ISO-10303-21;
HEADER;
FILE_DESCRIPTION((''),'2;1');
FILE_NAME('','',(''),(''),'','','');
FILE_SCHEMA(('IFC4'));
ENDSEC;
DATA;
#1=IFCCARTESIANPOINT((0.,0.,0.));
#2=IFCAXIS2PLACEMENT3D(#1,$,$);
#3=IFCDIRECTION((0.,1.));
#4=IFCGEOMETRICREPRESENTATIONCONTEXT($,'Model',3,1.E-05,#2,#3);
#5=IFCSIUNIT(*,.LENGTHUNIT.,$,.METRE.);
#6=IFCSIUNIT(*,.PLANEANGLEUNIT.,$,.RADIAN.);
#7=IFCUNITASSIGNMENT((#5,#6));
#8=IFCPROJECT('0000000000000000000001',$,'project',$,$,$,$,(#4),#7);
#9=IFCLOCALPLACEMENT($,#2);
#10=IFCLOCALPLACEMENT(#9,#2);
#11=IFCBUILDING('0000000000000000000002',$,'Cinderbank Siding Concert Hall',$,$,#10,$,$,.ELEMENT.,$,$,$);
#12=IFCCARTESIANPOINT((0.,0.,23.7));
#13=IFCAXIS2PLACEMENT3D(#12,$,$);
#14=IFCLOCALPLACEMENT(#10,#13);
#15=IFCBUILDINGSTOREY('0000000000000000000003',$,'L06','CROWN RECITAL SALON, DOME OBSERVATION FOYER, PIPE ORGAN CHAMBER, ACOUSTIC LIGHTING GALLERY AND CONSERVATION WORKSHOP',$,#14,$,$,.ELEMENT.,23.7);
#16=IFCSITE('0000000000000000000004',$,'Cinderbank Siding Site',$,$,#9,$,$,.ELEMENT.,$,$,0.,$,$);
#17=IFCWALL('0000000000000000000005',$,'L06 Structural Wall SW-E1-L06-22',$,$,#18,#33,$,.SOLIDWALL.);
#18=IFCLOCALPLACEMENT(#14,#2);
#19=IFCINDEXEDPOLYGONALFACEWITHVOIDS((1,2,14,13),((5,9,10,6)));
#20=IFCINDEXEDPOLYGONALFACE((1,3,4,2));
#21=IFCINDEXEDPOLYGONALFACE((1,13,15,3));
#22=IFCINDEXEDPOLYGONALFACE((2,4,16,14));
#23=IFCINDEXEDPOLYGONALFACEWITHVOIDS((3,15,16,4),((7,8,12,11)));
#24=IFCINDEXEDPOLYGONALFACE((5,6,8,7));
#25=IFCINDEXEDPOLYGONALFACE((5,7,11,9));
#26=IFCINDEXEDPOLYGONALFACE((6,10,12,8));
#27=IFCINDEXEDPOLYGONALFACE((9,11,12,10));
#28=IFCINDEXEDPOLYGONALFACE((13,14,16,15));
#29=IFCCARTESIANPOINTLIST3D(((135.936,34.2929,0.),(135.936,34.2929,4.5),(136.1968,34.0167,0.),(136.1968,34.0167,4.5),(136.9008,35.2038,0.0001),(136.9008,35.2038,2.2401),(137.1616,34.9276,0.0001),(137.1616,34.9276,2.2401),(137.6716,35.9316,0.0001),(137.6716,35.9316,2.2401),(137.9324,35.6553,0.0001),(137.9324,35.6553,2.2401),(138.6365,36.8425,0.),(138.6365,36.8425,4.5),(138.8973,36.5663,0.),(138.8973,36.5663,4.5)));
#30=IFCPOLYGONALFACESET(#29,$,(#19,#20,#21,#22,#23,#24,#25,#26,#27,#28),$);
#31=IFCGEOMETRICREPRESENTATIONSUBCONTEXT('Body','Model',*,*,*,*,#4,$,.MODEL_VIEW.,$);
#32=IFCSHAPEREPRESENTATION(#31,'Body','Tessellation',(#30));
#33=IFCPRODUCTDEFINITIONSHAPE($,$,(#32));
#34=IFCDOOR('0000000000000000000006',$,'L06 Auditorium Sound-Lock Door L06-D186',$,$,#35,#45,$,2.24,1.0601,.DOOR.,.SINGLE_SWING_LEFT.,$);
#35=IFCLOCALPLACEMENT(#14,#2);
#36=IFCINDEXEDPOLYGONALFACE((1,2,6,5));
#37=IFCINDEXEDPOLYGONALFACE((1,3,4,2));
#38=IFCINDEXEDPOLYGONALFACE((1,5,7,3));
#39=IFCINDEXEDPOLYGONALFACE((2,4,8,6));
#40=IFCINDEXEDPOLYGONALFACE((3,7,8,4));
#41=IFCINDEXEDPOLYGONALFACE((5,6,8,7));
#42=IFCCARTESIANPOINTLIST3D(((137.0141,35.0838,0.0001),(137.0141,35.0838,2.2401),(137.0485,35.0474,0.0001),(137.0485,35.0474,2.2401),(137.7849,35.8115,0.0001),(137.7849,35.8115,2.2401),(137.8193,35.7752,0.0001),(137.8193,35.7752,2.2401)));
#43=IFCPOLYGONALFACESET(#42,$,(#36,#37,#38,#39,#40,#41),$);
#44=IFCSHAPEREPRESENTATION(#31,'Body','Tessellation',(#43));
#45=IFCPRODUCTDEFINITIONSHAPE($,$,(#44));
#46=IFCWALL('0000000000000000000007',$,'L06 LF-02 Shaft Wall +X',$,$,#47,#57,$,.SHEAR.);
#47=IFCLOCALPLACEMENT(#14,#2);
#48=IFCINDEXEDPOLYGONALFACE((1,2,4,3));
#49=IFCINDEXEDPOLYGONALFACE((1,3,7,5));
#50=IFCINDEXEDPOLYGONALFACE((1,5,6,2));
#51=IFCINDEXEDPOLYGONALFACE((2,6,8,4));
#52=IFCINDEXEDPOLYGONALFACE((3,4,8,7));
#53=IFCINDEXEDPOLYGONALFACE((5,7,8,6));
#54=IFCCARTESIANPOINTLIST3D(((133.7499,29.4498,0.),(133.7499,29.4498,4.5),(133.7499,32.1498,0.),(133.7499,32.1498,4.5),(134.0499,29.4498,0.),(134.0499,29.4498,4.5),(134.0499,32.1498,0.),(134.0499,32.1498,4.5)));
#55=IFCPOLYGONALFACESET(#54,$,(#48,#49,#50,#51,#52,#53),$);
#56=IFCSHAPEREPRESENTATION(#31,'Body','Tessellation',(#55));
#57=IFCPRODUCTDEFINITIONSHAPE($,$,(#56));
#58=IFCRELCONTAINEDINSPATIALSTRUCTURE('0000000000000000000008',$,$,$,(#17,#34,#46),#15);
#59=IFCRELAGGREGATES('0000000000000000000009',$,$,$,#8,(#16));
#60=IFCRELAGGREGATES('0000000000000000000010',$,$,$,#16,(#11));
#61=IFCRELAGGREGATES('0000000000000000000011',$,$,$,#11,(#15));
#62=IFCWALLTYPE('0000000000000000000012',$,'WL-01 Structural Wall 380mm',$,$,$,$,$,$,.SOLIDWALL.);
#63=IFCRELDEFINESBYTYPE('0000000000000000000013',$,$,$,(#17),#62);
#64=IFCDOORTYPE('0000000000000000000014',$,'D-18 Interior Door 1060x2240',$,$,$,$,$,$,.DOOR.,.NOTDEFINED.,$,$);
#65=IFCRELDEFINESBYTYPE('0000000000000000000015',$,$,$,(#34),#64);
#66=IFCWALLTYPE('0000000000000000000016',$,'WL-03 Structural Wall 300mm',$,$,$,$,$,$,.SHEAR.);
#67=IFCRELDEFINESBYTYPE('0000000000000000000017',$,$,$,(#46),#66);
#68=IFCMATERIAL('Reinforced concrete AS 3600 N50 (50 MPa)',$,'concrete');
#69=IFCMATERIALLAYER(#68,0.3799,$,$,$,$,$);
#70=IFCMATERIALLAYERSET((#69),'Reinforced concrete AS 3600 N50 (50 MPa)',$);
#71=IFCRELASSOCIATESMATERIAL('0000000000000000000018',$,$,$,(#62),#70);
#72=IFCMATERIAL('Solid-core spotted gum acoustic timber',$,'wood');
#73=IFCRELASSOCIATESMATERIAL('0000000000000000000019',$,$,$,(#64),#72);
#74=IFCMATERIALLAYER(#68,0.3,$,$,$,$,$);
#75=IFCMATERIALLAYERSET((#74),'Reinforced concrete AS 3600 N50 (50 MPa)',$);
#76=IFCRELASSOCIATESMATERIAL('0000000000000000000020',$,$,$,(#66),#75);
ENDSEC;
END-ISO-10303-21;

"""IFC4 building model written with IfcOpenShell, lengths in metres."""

from ifc_helpers import new_model, si_unit, direction, frame, frame_2d, origin, place, context, subcontext, project, spatial, rectangle, extrude, material, layer, layer_set, type_object, element, fill, save


model = new_model("IFC4")

# Units and contexts
model_context = context("Model", 3, precision=1e-05, world=origin(), true_north=direction((0.0, 1.0)))
body_context = subcontext(model_context, "Body", "Model", "MODEL_VIEW")
ifc_project = project(units=[si_unit("LENGTHUNIT", "METRE"), si_unit("PLANEANGLEUNIT", "RADIAN")], contexts=[model_context])

# Site, building, storey
site_placement = place(None, origin())
site = spatial("IfcSite", under=ifc_project, at=site_placement, Name="Cinderbank Siding Site", CompositionType="ELEMENT", RefElevation=0.0)
building_placement = place(site_placement, origin())
building = spatial("IfcBuilding", under=site, at=building_placement, Name="Cinderbank Siding Concert Hall", CompositionType="ELEMENT")
storey_placement = place(building_placement, frame((0.0, 0.0, 23.7)))
storey = spatial("IfcBuildingStorey", under=building, at=storey_placement, Name="L06", Description="CROWN RECITAL SALON, DOME OBSERVATION FOYER, PIPE ORGAN CHAMBER, ACOUSTIC LIGHTING GALLERY AND CONSERVATION WORKSHOP", CompositionType="ELEMENT", Elevation=23.7)

# Shared definitions
ifc_material_1 = material(Name="Reinforced concrete AS 3600 N50 (50 MPa)", Category="concrete")

# Shared definitions
ifc_layer_1 = layer(ifc_material_1, 0.3799)
ifc_layer_set_1 = layer_set([ifc_layer_1], Name="Reinforced concrete AS 3600 N50 (50 MPa)")
wall_type_1 = type_object("IfcWallType", Name="WL-01 Structural Wall 380mm", PredefinedType="SOLIDWALL", material=ifc_layer_set_1)

# Wall, opening, door
wall_1_placement = place(storey_placement, frame((136.0664, 34.1548, 0.0), z_axis=(0.0, 0.0, 1.0), x_axis=(0.727128, 0.686502, 0.0)))
wall_1 = element("IfcWall", 1, at=wall_1_placement, inside=storey, type_object=wall_type_1, Name="L06 Structural Wall SW-E1-L06-22", PredefinedType="SOLIDWALL", context=body_context, shape_type="SweptSolid", body=[
    extrude(rectangle(XDim=3.7139, YDim=0.3799, at=frame_2d((1.8569, 0.0))), origin(), (0.0, 0.0, 1.0), 4.5),
])
opening_1_placement = place(wall_1_placement, frame((1.3269, 0.0, 0.0)))
opening_1 = element("IfcOpeningElement", 2, at=opening_1_placement, cuts=wall_1, PredefinedType="OPENING", context=body_context, shape_type="SweptSolid", body=[
    extrude(rectangle(XDim=1.0601, YDim=2.24, at=frame_2d((0.53, 1.1201))), frame((0.0, 0.2019, 0.0), z_axis=(0.0, -1.0, 0.0), x_axis=(1.0, 0.0, 0.0)), (0.0, 0.0, 1.0), 0.4038),
])
ifc_material_2 = material(Name="Solid-core spotted gum acoustic timber", Category="wood")
door_type_1 = type_object("IfcDoorType", Name="D-18 Interior Door 1060x2240", OperationType="NOTDEFINED", PredefinedType="DOOR", material=ifc_material_2)
door_1_placement = place(opening_1_placement, origin())
door_1 = element("IfcDoor", 3, at=door_1_placement, inside=storey, type_object=door_type_1, Name="L06 Auditorium Sound-Lock Door L06-D186", OperationType="SINGLE_SWING_LEFT", OverallHeight=2.24, OverallWidth=1.0601, PredefinedType="DOOR", context=body_context, shape_type="SweptSolid", body=[
    extrude(rectangle(XDim=1.0601, YDim=2.24, at=frame_2d((0.53, 1.1201))), frame((0.0, 0.0249, 0.0), z_axis=(0.0, -1.0, 0.0), x_axis=(1.0, 0.0, 0.0)), (0.0, 0.0, 1.0), 0.05),
])
fill(opening_1, door_1)
ifc_layer_2 = layer(ifc_material_1, 0.3)
ifc_layer_set_2 = layer_set([ifc_layer_2], Name="Reinforced concrete AS 3600 N50 (50 MPa)")
wall_type_2 = type_object("IfcWallType", Name="WL-03 Structural Wall 300mm", PredefinedType="SHEAR", material=ifc_layer_set_2)

# Wall
wall_2_placement = place(storey_placement, frame((133.8999, 32.1499, 0.0), z_axis=(0.0, 0.0, 1.0), x_axis=(0.0, -1.0, 0.0)))
element("IfcWall", 4, at=wall_2_placement, inside=storey, type_object=wall_type_2, Name="L06 LF-02 Shaft Wall +X", PredefinedType="SHEAR", context=body_context, shape_type="SweptSolid", body=[
    extrude(rectangle(XDim=2.7, YDim=0.3, at=frame_2d((1.3501, 0.0))), origin(), (0.0, 0.0, 1.0), 4.5),
])

save(model, "model.ifc")
